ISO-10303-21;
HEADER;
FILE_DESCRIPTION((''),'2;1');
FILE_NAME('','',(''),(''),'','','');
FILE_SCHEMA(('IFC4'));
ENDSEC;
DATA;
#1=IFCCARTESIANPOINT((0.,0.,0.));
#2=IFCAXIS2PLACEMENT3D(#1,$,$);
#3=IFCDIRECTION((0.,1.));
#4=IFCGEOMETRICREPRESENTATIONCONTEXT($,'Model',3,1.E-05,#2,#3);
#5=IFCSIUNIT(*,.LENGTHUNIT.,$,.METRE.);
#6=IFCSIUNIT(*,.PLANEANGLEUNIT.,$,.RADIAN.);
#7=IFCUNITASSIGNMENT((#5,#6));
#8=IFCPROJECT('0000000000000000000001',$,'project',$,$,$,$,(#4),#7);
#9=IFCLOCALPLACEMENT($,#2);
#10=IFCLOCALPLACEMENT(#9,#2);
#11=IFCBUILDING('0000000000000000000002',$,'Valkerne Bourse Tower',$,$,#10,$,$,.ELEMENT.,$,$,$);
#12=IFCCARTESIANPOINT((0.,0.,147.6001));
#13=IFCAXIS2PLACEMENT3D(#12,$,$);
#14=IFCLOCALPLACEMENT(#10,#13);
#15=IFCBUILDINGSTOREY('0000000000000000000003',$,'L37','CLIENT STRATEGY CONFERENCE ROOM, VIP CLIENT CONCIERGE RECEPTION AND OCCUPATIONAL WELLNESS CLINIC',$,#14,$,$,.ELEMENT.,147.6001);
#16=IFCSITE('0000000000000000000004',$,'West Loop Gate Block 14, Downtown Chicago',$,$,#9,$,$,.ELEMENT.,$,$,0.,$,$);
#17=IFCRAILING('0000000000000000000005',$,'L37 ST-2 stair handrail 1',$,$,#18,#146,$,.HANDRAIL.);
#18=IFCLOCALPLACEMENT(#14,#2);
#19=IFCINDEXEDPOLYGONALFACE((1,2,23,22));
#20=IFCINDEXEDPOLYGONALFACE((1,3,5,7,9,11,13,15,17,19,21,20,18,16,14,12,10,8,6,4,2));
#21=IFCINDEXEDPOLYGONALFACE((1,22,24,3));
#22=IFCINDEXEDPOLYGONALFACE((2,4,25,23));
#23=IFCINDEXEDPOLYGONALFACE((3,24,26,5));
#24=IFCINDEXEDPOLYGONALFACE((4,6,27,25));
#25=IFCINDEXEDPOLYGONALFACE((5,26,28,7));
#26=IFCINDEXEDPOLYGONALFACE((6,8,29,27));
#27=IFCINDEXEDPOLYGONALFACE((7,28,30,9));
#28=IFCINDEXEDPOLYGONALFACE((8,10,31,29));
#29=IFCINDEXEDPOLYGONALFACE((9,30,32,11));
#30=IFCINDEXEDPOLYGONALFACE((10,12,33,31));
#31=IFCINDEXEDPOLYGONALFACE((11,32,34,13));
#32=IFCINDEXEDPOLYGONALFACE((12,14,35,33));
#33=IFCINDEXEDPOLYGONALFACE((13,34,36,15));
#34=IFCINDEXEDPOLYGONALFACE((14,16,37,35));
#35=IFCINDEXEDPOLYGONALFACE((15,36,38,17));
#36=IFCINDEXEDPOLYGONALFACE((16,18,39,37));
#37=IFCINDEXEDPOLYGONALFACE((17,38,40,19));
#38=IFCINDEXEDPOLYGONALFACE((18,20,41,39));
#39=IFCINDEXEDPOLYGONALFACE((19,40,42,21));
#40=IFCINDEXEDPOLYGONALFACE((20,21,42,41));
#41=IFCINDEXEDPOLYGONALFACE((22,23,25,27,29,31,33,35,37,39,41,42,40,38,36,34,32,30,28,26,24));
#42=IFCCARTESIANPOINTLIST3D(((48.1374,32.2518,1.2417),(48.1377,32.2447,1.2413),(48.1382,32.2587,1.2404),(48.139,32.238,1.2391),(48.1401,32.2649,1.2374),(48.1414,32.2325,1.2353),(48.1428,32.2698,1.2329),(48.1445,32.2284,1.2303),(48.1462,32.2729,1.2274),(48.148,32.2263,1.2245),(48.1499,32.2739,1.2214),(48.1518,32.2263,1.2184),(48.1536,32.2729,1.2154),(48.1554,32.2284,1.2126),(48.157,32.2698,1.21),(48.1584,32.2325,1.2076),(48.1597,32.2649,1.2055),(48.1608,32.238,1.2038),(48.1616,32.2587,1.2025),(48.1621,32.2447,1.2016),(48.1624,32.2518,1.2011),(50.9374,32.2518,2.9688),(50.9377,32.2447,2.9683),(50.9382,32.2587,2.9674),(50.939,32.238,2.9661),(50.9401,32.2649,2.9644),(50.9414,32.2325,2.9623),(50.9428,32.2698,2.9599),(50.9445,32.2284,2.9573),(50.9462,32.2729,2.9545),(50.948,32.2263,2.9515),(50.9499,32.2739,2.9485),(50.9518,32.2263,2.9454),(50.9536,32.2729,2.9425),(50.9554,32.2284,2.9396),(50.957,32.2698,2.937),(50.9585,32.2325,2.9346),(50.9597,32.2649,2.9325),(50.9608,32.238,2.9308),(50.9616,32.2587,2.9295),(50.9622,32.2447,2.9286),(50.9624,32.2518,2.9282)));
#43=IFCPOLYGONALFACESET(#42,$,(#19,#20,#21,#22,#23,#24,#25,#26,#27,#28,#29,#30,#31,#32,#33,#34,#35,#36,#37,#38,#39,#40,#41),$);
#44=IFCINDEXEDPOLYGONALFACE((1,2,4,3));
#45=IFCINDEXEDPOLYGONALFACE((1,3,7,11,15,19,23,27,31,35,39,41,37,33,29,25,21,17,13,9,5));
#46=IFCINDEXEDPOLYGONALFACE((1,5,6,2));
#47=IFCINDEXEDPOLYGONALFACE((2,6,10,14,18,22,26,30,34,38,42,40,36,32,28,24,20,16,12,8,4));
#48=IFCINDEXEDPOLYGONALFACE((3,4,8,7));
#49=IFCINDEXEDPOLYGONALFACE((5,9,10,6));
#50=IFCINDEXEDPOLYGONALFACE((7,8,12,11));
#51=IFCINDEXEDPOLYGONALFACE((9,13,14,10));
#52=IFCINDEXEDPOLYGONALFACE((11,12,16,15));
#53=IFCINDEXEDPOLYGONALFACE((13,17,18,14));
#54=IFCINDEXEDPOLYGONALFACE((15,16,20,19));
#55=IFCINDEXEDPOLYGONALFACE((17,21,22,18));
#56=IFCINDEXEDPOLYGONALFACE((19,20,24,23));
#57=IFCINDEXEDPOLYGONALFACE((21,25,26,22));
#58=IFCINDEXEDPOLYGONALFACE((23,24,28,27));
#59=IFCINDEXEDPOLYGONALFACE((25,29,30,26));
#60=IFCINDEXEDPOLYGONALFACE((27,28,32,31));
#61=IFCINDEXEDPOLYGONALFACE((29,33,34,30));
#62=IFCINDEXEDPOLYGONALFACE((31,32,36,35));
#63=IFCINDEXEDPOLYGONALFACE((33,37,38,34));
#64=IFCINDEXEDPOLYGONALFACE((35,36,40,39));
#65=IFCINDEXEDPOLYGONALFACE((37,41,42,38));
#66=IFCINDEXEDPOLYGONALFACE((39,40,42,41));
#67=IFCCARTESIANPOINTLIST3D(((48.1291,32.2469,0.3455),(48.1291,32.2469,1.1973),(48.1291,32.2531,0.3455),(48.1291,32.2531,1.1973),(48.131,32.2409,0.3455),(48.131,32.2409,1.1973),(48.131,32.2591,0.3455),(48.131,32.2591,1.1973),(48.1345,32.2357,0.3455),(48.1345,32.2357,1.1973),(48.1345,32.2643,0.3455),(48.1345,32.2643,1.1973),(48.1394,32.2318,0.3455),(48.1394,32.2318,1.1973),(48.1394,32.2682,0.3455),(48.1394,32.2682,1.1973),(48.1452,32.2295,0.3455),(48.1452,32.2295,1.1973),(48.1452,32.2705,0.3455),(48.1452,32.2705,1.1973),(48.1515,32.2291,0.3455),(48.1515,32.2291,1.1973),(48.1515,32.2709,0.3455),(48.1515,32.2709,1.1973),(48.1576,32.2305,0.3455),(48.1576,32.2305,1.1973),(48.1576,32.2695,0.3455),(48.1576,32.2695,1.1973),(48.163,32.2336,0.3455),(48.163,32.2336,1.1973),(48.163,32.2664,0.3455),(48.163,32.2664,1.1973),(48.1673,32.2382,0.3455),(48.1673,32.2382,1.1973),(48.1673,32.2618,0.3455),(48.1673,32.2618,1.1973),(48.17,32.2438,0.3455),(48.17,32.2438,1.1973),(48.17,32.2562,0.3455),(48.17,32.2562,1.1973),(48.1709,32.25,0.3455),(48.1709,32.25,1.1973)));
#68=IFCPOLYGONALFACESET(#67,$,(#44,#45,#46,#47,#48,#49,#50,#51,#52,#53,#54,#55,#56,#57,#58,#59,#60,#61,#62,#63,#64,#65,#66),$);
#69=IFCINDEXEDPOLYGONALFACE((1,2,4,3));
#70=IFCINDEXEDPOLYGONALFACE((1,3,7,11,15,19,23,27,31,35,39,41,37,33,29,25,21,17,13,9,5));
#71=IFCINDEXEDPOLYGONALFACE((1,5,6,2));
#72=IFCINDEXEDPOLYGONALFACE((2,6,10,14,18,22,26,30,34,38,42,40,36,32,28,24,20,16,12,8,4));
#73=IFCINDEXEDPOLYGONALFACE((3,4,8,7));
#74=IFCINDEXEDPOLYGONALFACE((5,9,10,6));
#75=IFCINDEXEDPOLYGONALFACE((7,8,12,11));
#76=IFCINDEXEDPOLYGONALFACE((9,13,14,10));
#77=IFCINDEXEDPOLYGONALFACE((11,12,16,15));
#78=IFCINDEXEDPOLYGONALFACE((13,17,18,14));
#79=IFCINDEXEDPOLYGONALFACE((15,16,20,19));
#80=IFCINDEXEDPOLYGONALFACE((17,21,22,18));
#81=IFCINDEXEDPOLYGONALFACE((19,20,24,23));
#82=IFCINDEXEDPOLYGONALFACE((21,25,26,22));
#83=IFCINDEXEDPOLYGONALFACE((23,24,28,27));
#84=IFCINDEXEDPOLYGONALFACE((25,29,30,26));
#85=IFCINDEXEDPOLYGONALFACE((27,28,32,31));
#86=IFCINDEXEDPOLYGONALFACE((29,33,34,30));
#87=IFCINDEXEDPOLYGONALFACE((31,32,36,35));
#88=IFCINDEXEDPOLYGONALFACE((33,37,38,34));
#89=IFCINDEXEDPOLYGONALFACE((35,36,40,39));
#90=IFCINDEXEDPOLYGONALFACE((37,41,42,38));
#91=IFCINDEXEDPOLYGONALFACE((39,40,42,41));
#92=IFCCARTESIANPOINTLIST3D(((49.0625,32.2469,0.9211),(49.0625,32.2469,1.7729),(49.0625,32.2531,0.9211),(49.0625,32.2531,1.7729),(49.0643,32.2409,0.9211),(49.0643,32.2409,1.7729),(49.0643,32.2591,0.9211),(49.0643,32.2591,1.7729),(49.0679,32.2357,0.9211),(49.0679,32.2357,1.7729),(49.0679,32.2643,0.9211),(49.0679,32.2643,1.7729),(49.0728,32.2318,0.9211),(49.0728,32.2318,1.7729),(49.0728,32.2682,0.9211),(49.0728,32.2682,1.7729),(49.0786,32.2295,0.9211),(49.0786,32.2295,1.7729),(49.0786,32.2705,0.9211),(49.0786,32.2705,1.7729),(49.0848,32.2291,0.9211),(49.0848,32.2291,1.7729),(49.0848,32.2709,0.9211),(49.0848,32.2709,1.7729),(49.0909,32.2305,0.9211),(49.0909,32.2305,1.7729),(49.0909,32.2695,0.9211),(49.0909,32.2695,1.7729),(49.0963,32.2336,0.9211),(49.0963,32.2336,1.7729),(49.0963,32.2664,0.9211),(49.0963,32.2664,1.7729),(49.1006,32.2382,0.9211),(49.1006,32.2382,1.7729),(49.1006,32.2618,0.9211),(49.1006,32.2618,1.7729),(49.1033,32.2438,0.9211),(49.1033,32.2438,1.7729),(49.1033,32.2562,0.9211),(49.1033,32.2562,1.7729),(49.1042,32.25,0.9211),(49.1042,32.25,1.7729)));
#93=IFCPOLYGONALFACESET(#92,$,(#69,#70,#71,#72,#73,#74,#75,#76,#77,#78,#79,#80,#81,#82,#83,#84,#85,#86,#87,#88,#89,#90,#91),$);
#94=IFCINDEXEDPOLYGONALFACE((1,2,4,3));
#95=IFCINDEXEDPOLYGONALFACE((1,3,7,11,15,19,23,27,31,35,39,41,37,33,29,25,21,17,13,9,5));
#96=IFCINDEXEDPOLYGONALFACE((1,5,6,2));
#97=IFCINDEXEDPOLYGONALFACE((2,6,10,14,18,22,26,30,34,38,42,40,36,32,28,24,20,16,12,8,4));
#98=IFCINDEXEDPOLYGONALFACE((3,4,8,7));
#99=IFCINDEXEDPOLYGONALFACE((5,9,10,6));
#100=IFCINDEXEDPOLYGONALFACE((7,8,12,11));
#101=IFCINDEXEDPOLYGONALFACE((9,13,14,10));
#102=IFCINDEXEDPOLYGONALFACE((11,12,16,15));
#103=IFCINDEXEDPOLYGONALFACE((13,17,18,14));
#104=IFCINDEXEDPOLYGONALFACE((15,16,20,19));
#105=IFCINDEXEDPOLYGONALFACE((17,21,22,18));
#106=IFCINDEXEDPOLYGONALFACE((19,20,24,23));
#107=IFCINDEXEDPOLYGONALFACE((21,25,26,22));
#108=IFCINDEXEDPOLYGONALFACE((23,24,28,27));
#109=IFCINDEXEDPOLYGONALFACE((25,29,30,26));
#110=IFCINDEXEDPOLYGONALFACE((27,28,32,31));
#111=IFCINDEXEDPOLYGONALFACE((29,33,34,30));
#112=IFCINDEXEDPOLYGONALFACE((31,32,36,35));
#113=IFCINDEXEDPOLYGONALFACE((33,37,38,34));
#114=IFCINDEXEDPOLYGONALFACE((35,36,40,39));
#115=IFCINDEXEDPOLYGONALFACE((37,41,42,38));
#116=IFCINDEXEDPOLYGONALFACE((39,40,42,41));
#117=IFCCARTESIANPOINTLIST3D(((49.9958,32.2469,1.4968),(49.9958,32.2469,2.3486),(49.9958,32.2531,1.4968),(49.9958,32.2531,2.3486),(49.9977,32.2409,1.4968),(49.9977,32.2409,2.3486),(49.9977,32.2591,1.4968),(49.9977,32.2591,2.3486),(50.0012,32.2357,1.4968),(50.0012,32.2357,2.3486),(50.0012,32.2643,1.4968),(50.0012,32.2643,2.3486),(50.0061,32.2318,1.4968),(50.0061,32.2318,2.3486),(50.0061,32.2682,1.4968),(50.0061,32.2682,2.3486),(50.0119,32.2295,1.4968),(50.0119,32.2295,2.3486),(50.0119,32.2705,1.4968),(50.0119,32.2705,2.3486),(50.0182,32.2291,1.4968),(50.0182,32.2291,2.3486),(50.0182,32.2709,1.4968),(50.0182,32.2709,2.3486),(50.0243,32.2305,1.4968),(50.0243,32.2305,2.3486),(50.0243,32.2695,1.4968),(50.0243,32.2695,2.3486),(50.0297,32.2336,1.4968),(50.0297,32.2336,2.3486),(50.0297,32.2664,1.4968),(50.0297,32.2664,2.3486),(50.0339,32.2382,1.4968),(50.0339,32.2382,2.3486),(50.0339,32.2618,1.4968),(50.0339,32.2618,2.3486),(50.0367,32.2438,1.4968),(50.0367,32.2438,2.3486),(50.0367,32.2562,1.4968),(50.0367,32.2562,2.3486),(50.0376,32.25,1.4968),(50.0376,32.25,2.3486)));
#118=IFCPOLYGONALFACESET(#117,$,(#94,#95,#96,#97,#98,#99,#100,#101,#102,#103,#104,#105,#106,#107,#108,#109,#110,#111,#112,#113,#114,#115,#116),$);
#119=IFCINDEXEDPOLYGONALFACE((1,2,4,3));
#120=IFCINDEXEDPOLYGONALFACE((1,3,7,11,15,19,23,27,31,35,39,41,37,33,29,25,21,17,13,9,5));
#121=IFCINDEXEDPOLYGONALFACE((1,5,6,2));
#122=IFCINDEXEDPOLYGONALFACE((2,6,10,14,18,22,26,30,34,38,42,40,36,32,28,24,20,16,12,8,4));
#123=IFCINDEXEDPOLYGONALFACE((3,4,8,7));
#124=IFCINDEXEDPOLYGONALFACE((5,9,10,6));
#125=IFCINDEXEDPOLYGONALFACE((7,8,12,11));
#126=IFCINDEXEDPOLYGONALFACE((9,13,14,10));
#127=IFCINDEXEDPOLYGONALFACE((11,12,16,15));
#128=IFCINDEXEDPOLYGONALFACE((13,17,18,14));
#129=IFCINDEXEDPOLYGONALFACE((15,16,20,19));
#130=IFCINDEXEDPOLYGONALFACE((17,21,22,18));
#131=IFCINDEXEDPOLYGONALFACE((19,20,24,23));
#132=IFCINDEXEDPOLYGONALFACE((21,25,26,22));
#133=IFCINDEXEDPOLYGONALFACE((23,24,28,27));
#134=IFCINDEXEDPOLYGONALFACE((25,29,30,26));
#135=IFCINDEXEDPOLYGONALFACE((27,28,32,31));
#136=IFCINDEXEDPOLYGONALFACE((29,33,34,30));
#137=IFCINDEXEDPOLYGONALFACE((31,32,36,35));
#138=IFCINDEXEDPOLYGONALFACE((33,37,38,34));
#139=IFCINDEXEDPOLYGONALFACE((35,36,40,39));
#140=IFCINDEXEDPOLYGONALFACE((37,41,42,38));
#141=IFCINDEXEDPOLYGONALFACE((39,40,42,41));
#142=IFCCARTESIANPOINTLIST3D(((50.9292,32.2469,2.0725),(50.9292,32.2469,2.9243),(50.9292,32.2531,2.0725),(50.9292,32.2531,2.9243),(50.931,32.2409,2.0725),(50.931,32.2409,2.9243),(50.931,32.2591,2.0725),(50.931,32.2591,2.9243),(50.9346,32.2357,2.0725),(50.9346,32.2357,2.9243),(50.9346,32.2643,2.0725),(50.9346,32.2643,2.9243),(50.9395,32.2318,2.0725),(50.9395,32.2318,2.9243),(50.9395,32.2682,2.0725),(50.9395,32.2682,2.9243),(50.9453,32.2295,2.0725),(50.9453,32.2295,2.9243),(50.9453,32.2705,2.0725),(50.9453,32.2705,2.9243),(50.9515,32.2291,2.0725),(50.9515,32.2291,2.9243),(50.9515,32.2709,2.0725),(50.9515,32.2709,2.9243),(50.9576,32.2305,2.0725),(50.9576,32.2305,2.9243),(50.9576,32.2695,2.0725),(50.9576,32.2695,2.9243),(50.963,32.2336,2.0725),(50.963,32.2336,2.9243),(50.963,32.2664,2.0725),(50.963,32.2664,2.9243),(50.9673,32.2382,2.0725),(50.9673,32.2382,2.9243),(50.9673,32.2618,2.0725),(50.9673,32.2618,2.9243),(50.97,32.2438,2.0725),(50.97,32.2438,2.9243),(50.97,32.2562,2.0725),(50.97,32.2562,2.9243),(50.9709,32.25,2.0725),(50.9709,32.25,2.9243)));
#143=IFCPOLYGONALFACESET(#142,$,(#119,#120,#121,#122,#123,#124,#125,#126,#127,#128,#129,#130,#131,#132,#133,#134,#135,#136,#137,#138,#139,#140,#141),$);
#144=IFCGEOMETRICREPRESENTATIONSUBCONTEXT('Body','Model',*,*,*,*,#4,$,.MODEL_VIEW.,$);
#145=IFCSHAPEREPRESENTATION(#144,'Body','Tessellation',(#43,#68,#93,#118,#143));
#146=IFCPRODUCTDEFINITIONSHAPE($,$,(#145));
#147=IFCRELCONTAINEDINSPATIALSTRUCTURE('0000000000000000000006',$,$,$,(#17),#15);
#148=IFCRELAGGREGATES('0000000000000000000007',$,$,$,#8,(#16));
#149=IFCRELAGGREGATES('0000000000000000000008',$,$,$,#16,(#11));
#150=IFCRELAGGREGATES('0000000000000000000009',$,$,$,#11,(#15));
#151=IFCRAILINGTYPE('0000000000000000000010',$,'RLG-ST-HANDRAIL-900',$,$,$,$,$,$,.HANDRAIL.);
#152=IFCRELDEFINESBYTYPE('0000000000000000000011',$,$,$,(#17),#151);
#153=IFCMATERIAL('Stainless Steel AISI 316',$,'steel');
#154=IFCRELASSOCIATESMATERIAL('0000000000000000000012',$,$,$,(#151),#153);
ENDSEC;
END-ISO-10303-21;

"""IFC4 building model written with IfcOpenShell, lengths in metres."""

from ifc_helpers import new_model, si_unit, direction, frame, origin, origin_2d, place, context, subcontext, project, spatial, circle, extrude, material, type_object, element, save


model = new_model("IFC4")

# Units and contexts
model_context = context("Model", 3, precision=1e-05, world=origin(), true_north=direction((0.0, 1.0)))
body_context = subcontext(model_context, "Body", "Model", "MODEL_VIEW")
ifc_project = project(units=[si_unit("LENGTHUNIT", "METRE"), si_unit("PLANEANGLEUNIT", "RADIAN")], contexts=[model_context])

# Site, building, storey
site_placement = place(None, origin())
site = spatial("IfcSite", under=ifc_project, at=site_placement, Name="West Loop Gate Block 14, Downtown Chicago", CompositionType="ELEMENT", RefElevation=0.0)
building_placement = place(site_placement, origin())
building = spatial("IfcBuilding", under=site, at=building_placement, Name="Valkerne Bourse Tower", CompositionType="ELEMENT")
storey_placement = place(building_placement, frame((0.0, 0.0, 147.6001)))
storey = spatial("IfcBuildingStorey", under=building, at=storey_placement, Name="L37", Description="CLIENT STRATEGY CONFERENCE ROOM, VIP CLIENT CONCIERGE RECEPTION AND OCCUPATIONAL WELLNESS CLINIC", CompositionType="ELEMENT", Elevation=147.6001)

# Shared definitions
ifc_material_1 = material(Name="Stainless Steel AISI 316", Category="steel")

# Railing
railing_type_1 = type_object("IfcRailingType", Name="RLG-ST-HANDRAIL-900", PredefinedType="HANDRAIL", material=ifc_material_1)
railing_1_placement = place(storey_placement, frame((48.1499, 32.25, 0.3455)))
element("IfcRailing", 1, at=railing_1_placement, inside=storey, type_object=railing_type_1, Name="L37 ST-2 stair handrail 1", PredefinedType="HANDRAIL", context=body_context, shape_type="SweptSolid", body=[
    extrude(circle(Radius=0.0239, at=origin_2d()), frame((0.0, 0.0, 0.876), z_axis=(0.851123, 0.0, 0.524967), x_axis=(0.0, 1.0, 0.0)), (0.0, 0.0, 1.0), 3.2898),
    extrude(circle(Radius=0.021, at=origin_2d()), origin(), (0.0, 0.0, 1.0), 0.8518),
    extrude(circle(Radius=0.021, at=origin_2d()), frame((0.9333, 0.0, 0.5757)), (0.0, 0.0, 1.0), 0.8518),
    extrude(circle(Radius=0.021, at=origin_2d()), frame((1.8667, 0.0, 1.1514)), (0.0, 0.0, 1.0), 0.8518),
    extrude(circle(Radius=0.021, at=origin_2d()), frame((2.8, 0.0, 1.7271)), (0.0, 0.0, 1.0), 0.8518),
])

save(model, "model.ifc")
